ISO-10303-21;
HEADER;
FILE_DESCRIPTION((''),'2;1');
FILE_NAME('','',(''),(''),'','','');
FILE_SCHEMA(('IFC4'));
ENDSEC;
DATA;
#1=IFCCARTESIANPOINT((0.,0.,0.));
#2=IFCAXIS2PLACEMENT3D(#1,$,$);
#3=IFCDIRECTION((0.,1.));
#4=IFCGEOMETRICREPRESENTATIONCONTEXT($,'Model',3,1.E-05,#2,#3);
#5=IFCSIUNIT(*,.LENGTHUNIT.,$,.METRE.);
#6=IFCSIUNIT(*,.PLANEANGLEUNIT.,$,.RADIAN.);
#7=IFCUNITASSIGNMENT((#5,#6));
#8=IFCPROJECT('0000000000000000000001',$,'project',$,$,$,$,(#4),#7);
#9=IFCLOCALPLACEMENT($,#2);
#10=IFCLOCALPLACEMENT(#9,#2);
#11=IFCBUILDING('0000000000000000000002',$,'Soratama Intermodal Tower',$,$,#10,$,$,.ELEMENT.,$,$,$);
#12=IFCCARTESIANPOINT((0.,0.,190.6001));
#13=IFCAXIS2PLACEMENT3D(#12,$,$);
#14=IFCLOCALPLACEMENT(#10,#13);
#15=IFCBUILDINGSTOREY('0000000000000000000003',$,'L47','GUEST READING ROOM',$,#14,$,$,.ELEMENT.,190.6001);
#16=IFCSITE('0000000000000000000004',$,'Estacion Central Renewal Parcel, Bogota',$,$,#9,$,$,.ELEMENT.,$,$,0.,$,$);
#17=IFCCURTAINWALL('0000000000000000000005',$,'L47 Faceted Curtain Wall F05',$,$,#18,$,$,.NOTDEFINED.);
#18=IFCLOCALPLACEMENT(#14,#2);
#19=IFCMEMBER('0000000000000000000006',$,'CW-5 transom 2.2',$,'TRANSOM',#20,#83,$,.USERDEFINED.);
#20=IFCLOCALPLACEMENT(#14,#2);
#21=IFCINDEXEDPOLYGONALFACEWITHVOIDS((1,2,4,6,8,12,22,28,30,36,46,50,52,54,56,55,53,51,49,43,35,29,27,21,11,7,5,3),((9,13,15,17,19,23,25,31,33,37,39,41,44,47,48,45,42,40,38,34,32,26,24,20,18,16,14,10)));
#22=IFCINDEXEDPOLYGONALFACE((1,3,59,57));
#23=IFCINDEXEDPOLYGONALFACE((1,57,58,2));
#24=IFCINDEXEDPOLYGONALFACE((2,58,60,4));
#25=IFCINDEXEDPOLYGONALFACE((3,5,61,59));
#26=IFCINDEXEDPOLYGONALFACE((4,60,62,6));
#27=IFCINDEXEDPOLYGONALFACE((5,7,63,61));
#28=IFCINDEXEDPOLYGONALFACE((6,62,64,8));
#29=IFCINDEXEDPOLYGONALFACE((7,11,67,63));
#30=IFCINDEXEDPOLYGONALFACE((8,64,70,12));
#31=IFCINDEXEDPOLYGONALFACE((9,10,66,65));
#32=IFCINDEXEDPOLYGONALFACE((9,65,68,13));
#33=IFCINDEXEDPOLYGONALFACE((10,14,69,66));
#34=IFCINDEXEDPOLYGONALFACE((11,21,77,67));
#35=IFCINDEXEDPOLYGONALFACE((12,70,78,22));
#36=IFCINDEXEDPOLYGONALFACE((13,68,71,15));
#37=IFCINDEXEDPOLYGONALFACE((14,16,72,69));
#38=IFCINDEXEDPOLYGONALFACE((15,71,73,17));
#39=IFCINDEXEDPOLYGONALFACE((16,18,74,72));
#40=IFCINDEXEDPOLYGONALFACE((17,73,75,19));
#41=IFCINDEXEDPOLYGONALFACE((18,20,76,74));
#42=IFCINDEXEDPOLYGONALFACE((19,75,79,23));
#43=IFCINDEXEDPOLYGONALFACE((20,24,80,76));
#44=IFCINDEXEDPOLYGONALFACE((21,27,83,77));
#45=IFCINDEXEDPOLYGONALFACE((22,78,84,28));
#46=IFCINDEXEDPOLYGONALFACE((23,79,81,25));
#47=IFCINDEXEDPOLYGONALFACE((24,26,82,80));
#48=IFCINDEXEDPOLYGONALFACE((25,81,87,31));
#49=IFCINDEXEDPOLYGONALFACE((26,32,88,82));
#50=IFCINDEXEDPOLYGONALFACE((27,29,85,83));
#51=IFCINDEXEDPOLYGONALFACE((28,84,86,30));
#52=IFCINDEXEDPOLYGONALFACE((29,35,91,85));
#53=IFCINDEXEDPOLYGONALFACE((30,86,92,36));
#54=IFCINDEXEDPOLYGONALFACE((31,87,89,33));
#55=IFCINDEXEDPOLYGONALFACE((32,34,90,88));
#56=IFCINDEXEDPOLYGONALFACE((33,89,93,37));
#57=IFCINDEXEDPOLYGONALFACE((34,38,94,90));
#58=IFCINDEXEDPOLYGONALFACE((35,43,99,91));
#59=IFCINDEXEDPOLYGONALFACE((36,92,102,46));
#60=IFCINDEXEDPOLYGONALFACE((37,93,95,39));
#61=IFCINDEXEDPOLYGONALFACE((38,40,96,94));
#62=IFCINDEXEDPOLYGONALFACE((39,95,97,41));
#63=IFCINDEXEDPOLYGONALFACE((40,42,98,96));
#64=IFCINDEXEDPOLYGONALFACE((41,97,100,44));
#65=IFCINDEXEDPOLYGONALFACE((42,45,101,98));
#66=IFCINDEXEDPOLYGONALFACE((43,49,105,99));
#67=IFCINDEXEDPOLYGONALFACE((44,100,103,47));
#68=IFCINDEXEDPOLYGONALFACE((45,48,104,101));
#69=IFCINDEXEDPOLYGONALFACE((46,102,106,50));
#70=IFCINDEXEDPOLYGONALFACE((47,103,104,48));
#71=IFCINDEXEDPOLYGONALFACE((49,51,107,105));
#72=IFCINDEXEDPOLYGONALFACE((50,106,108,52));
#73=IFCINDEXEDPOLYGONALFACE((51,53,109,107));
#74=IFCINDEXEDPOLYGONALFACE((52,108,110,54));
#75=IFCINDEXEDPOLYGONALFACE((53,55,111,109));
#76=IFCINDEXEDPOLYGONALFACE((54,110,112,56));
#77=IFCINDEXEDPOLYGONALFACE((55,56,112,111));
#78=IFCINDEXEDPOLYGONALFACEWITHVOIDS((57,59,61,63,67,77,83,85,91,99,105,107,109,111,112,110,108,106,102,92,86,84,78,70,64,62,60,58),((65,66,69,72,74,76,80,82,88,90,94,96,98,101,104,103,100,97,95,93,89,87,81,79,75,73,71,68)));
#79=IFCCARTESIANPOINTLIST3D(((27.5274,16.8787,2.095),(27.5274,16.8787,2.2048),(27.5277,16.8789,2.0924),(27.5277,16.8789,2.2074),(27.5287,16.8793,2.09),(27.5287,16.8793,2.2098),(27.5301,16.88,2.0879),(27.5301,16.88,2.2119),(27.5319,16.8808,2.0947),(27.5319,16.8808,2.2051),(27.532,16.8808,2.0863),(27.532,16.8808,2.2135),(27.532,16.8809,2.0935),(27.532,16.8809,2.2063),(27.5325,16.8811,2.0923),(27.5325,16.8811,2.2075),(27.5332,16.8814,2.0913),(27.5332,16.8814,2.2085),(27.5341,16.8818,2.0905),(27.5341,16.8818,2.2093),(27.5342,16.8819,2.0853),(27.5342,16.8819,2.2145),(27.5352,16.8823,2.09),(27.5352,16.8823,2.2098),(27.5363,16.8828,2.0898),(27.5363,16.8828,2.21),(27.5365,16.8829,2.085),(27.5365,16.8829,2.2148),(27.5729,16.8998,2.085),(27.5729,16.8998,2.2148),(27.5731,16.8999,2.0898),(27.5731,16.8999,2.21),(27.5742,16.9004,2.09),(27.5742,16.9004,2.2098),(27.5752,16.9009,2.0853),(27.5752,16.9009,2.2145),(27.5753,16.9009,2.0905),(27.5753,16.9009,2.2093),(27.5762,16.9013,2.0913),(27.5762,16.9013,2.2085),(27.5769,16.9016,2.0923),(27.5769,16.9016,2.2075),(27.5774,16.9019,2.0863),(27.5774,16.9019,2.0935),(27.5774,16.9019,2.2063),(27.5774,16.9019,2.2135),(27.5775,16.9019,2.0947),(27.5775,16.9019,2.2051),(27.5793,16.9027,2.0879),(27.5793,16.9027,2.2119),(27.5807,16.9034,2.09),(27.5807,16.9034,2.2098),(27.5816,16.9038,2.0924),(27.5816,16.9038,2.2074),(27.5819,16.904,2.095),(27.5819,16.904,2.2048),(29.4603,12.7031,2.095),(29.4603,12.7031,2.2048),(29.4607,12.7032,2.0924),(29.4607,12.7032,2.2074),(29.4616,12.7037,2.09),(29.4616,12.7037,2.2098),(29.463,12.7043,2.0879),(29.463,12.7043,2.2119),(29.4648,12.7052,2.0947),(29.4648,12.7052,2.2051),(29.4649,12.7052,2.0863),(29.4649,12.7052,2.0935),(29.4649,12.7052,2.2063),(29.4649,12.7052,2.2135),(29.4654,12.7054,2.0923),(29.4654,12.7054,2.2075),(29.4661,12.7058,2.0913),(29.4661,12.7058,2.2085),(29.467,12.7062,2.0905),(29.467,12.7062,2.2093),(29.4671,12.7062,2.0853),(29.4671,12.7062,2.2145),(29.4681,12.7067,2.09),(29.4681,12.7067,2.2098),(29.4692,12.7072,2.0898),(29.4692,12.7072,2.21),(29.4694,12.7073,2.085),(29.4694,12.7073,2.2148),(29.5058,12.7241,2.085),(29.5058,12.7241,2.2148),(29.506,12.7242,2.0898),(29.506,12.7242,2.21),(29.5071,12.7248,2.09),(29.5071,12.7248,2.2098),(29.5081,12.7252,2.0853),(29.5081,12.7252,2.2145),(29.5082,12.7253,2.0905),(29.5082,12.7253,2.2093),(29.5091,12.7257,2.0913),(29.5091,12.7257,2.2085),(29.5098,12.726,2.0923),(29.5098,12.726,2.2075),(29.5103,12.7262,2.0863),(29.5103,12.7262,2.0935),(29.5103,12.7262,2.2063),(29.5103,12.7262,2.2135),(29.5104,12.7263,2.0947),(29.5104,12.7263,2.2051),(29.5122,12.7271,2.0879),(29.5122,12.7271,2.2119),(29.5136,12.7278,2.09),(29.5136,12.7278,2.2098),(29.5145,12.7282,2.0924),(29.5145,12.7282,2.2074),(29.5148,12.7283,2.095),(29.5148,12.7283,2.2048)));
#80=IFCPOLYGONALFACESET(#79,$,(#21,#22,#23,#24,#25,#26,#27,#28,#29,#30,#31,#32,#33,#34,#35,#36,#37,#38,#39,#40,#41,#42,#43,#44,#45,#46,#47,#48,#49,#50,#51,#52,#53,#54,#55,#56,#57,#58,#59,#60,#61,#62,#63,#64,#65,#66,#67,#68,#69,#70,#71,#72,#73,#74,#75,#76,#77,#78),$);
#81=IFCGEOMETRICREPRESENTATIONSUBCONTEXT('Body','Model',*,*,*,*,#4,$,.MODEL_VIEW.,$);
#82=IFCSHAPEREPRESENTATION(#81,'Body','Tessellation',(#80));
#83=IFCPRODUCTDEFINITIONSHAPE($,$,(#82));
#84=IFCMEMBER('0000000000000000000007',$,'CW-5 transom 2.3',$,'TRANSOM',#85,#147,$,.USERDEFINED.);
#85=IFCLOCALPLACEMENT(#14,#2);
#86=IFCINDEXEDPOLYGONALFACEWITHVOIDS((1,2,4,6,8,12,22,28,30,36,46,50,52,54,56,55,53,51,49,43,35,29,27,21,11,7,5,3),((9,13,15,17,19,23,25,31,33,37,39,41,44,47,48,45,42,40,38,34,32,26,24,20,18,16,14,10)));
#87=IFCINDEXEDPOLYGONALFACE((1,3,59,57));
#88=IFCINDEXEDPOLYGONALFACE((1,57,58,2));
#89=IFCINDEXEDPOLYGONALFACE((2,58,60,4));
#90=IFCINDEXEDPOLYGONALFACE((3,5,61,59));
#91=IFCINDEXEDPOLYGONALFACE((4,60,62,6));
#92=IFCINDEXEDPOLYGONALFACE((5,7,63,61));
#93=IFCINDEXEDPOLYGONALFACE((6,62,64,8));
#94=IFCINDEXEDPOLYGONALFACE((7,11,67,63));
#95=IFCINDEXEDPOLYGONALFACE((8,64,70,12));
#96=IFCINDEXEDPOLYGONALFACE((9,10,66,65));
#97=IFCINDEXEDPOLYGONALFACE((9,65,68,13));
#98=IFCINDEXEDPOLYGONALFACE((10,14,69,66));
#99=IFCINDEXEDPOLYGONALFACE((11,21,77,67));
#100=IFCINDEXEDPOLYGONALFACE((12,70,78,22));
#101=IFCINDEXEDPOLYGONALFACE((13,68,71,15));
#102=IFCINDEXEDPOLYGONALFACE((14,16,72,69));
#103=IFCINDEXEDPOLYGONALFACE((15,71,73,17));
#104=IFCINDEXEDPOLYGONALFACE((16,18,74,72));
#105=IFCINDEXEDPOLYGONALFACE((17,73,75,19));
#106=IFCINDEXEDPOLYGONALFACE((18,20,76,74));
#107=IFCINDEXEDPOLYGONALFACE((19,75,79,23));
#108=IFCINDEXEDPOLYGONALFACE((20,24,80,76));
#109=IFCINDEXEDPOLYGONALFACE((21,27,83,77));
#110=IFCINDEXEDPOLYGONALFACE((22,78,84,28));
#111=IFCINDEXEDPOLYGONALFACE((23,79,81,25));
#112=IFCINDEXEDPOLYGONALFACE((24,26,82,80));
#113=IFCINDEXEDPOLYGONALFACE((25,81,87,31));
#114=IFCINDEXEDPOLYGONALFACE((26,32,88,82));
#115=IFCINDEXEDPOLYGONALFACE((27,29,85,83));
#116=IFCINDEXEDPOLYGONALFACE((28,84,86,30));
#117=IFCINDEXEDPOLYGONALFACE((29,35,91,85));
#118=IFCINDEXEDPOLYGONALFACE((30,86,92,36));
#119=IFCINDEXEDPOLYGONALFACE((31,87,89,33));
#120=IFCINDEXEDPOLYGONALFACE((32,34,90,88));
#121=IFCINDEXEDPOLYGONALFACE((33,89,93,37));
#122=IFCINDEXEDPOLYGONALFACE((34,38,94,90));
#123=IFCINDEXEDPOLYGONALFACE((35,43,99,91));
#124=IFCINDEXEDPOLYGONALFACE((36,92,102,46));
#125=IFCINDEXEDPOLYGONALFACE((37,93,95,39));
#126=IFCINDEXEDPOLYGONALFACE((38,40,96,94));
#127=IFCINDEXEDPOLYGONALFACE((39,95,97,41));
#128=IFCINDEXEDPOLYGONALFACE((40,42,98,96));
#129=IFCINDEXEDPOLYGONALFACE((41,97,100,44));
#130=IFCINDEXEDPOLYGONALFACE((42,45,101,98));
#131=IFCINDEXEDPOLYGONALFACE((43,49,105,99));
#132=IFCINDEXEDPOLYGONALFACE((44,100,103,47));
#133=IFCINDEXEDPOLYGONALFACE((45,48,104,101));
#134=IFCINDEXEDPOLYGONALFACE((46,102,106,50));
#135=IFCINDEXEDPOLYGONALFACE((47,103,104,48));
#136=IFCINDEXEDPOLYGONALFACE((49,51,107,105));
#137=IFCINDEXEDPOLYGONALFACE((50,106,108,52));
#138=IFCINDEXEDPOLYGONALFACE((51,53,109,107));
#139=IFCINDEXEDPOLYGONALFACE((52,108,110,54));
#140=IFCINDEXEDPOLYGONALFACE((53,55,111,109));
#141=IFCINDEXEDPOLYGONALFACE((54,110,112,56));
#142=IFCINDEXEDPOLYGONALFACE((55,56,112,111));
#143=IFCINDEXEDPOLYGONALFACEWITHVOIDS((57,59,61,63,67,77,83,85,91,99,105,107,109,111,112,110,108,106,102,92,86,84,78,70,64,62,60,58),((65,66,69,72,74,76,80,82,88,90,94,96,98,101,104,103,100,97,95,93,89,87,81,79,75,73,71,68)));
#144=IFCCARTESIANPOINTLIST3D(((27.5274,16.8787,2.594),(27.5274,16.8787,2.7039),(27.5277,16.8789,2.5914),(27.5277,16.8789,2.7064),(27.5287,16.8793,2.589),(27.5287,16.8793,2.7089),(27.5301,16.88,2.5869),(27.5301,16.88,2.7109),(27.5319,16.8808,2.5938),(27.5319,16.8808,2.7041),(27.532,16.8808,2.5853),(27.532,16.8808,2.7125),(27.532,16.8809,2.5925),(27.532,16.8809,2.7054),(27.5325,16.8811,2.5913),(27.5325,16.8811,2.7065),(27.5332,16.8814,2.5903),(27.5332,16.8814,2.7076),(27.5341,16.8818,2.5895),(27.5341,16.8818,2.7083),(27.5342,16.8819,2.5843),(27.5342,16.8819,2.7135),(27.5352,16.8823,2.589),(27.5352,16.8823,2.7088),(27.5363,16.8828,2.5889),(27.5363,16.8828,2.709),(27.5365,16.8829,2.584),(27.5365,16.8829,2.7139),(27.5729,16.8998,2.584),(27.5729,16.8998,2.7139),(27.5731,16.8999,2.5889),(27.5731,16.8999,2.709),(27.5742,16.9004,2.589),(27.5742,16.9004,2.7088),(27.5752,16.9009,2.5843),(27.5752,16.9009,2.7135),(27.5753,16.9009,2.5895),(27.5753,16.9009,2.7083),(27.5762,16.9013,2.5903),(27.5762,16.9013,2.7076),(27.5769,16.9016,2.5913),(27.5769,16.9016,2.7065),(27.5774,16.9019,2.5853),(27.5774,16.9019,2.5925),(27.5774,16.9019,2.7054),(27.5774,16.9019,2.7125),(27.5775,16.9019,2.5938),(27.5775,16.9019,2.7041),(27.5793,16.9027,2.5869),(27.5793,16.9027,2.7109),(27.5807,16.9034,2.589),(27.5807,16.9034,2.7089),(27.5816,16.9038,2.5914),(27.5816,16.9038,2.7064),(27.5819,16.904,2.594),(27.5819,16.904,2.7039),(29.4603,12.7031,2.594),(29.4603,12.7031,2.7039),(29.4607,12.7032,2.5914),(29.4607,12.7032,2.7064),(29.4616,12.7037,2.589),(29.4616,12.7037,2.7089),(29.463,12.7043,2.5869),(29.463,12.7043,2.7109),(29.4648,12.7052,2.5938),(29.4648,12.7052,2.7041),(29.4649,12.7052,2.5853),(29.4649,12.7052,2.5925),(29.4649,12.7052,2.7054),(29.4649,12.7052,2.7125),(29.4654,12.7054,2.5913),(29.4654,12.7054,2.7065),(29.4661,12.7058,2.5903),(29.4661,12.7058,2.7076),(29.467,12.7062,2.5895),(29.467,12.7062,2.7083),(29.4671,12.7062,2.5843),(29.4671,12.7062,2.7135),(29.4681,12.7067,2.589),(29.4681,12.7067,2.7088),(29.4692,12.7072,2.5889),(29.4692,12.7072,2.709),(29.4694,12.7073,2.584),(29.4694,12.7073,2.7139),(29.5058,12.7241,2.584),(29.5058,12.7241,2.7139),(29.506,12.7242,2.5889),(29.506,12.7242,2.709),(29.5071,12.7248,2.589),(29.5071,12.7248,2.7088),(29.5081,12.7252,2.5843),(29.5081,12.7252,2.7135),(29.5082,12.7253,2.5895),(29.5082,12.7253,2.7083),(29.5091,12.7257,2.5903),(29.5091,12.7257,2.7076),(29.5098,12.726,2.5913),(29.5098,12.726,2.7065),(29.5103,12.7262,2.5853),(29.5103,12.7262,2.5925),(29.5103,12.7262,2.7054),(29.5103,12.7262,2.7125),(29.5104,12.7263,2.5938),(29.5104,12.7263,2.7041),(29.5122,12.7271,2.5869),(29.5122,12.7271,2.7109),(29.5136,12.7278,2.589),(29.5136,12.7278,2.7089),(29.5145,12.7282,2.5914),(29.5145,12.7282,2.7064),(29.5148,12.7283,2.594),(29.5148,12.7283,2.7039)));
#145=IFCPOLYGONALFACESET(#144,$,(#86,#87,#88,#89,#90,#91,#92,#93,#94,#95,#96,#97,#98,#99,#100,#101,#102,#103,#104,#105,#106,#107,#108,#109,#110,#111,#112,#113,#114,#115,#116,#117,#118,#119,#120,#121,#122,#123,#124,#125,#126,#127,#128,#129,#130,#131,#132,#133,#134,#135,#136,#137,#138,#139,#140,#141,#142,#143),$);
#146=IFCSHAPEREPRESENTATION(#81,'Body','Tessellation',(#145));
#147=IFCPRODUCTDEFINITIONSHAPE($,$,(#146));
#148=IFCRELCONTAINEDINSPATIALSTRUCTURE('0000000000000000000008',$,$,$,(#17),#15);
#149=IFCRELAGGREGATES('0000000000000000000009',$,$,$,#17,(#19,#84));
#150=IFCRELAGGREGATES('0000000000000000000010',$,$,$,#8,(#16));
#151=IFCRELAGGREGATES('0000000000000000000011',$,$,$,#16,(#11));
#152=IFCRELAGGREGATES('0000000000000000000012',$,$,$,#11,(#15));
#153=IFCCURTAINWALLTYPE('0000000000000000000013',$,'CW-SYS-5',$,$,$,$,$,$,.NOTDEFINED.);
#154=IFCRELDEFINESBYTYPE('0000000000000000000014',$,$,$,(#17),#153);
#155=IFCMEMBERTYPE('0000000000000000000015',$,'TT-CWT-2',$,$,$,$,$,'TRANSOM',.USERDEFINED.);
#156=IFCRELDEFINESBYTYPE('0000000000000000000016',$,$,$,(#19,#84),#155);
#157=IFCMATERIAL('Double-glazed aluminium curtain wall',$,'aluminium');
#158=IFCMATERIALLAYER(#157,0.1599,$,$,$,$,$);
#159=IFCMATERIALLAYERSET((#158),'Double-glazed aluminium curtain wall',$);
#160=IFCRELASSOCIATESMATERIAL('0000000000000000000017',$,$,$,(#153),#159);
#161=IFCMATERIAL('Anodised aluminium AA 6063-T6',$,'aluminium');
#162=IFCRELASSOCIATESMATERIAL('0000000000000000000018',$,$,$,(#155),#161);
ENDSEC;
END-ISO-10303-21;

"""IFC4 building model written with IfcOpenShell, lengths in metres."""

from ifc_helpers import new_model, si_unit, direction, frame, origin, origin_2d, place, context, subcontext, project, spatial, hollow_rectangle, extrude, material, layer, layer_set, material_profile, profile_set, type_object, element, aggregate, save


model = new_model("IFC4")

# Units and contexts
model_context = context("Model", 3, precision=1e-05, world=origin(), true_north=direction((0.0, 1.0)))
body_context = subcontext(model_context, "Body", "Model", "MODEL_VIEW")
ifc_project = project(units=[si_unit("LENGTHUNIT", "METRE"), si_unit("PLANEANGLEUNIT", "RADIAN")], contexts=[model_context])

# Site, building, storey
site_placement = place(None, origin())
site = spatial("IfcSite", under=ifc_project, at=site_placement, Name="Estacion Central Renewal Parcel, Bogota", CompositionType="ELEMENT", RefElevation=0.0)
building_placement = place(site_placement, origin())
building = spatial("IfcBuilding", under=site, at=building_placement, Name="Soratama Intermodal Tower", CompositionType="ELEMENT")
storey_placement = place(building_placement, frame((0.0, 0.0, 190.6001)))
storey = spatial("IfcBuildingStorey", under=building, at=storey_placement, Name="L47", Description="GUEST READING ROOM", CompositionType="ELEMENT", Elevation=190.6001)

# Curtain wall
ifc_material_1 = material(Name="Double-glazed aluminium curtain wall", Category="aluminium")
ifc_layer_1 = layer(ifc_material_1, 0.1599)
ifc_layer_set_1 = layer_set([ifc_layer_1], Name="Double-glazed aluminium curtain wall")
curtain_wall_type = type_object("IfcCurtainWallType", Name="CW-SYS-5", PredefinedType="NOTDEFINED", material=ifc_layer_set_1)
curtain_wall_1_placement = place(storey_placement, origin())
curtain_wall_1 = element("IfcCurtainWall", 1, at=curtain_wall_1_placement, inside=storey, type_object=curtain_wall_type, Name="L47 Faceted Curtain Wall F05", PredefinedType="NOTDEFINED")

# Members
ifc_material_2 = material(Name="Anodised aluminium AA 6063-T6", Category="aluminium")
ifc_material_profile_1 = material_profile(ifc_material_2, hollow_rectangle(XDim=0.0601, YDim=0.1299, WallThickness=0.0049, InnerFilletRadius=0.0049, OuterFilletRadius=0.01, at=origin_2d()), Name="CWT130X60X5")
ifc_profile_set_1 = profile_set([ifc_material_profile_1], Name="Anodised aluminium AA 6063-T6")
member_type_1 = type_object("IfcMemberType", Name="TT-CWT-2", ElementType="TRANSOM", PredefinedType="USERDEFINED", material=ifc_profile_set_1)
member_1_placement = place(storey_placement, frame((27.5547, 16.8914, 2.1499), z_axis=(0.420077, -0.907488, 0.0), x_axis=(0.907488, 0.420077, 0.0)))
member_1 = element("IfcMember", 2, at=member_1_placement, type_object=member_type_1, Name="CW-5 transom 2.2", ObjectType="TRANSOM", PredefinedType="USERDEFINED", context=body_context, shape_type="SweptSolid", body=[
    extrude(hollow_rectangle(XDim=0.0601, YDim=0.1299, WallThickness=0.0049, InnerFilletRadius=0.0049, OuterFilletRadius=0.01, at=origin_2d()), origin(), (0.0, 0.0, 1.0), 4.6013),
])
member_2_placement = place(storey_placement, frame((27.5547, 16.8914, 2.6489), z_axis=(0.420077, -0.907488, 0.0), x_axis=(0.907488, 0.420077, 0.0)))
member_2 = element("IfcMember", 3, at=member_2_placement, type_object=member_type_1, Name="CW-5 transom 2.3", ObjectType="TRANSOM", PredefinedType="USERDEFINED", context=body_context, shape_type="SweptSolid", body=[
    extrude(hollow_rectangle(XDim=0.0601, YDim=0.1299, WallThickness=0.0049, InnerFilletRadius=0.0049, OuterFilletRadius=0.01, at=origin_2d()), origin(), (0.0, 0.0, 1.0), 4.6013),
])

aggregate(curtain_wall_1, [member_1, member_2])

save(model, "model.ifc")
